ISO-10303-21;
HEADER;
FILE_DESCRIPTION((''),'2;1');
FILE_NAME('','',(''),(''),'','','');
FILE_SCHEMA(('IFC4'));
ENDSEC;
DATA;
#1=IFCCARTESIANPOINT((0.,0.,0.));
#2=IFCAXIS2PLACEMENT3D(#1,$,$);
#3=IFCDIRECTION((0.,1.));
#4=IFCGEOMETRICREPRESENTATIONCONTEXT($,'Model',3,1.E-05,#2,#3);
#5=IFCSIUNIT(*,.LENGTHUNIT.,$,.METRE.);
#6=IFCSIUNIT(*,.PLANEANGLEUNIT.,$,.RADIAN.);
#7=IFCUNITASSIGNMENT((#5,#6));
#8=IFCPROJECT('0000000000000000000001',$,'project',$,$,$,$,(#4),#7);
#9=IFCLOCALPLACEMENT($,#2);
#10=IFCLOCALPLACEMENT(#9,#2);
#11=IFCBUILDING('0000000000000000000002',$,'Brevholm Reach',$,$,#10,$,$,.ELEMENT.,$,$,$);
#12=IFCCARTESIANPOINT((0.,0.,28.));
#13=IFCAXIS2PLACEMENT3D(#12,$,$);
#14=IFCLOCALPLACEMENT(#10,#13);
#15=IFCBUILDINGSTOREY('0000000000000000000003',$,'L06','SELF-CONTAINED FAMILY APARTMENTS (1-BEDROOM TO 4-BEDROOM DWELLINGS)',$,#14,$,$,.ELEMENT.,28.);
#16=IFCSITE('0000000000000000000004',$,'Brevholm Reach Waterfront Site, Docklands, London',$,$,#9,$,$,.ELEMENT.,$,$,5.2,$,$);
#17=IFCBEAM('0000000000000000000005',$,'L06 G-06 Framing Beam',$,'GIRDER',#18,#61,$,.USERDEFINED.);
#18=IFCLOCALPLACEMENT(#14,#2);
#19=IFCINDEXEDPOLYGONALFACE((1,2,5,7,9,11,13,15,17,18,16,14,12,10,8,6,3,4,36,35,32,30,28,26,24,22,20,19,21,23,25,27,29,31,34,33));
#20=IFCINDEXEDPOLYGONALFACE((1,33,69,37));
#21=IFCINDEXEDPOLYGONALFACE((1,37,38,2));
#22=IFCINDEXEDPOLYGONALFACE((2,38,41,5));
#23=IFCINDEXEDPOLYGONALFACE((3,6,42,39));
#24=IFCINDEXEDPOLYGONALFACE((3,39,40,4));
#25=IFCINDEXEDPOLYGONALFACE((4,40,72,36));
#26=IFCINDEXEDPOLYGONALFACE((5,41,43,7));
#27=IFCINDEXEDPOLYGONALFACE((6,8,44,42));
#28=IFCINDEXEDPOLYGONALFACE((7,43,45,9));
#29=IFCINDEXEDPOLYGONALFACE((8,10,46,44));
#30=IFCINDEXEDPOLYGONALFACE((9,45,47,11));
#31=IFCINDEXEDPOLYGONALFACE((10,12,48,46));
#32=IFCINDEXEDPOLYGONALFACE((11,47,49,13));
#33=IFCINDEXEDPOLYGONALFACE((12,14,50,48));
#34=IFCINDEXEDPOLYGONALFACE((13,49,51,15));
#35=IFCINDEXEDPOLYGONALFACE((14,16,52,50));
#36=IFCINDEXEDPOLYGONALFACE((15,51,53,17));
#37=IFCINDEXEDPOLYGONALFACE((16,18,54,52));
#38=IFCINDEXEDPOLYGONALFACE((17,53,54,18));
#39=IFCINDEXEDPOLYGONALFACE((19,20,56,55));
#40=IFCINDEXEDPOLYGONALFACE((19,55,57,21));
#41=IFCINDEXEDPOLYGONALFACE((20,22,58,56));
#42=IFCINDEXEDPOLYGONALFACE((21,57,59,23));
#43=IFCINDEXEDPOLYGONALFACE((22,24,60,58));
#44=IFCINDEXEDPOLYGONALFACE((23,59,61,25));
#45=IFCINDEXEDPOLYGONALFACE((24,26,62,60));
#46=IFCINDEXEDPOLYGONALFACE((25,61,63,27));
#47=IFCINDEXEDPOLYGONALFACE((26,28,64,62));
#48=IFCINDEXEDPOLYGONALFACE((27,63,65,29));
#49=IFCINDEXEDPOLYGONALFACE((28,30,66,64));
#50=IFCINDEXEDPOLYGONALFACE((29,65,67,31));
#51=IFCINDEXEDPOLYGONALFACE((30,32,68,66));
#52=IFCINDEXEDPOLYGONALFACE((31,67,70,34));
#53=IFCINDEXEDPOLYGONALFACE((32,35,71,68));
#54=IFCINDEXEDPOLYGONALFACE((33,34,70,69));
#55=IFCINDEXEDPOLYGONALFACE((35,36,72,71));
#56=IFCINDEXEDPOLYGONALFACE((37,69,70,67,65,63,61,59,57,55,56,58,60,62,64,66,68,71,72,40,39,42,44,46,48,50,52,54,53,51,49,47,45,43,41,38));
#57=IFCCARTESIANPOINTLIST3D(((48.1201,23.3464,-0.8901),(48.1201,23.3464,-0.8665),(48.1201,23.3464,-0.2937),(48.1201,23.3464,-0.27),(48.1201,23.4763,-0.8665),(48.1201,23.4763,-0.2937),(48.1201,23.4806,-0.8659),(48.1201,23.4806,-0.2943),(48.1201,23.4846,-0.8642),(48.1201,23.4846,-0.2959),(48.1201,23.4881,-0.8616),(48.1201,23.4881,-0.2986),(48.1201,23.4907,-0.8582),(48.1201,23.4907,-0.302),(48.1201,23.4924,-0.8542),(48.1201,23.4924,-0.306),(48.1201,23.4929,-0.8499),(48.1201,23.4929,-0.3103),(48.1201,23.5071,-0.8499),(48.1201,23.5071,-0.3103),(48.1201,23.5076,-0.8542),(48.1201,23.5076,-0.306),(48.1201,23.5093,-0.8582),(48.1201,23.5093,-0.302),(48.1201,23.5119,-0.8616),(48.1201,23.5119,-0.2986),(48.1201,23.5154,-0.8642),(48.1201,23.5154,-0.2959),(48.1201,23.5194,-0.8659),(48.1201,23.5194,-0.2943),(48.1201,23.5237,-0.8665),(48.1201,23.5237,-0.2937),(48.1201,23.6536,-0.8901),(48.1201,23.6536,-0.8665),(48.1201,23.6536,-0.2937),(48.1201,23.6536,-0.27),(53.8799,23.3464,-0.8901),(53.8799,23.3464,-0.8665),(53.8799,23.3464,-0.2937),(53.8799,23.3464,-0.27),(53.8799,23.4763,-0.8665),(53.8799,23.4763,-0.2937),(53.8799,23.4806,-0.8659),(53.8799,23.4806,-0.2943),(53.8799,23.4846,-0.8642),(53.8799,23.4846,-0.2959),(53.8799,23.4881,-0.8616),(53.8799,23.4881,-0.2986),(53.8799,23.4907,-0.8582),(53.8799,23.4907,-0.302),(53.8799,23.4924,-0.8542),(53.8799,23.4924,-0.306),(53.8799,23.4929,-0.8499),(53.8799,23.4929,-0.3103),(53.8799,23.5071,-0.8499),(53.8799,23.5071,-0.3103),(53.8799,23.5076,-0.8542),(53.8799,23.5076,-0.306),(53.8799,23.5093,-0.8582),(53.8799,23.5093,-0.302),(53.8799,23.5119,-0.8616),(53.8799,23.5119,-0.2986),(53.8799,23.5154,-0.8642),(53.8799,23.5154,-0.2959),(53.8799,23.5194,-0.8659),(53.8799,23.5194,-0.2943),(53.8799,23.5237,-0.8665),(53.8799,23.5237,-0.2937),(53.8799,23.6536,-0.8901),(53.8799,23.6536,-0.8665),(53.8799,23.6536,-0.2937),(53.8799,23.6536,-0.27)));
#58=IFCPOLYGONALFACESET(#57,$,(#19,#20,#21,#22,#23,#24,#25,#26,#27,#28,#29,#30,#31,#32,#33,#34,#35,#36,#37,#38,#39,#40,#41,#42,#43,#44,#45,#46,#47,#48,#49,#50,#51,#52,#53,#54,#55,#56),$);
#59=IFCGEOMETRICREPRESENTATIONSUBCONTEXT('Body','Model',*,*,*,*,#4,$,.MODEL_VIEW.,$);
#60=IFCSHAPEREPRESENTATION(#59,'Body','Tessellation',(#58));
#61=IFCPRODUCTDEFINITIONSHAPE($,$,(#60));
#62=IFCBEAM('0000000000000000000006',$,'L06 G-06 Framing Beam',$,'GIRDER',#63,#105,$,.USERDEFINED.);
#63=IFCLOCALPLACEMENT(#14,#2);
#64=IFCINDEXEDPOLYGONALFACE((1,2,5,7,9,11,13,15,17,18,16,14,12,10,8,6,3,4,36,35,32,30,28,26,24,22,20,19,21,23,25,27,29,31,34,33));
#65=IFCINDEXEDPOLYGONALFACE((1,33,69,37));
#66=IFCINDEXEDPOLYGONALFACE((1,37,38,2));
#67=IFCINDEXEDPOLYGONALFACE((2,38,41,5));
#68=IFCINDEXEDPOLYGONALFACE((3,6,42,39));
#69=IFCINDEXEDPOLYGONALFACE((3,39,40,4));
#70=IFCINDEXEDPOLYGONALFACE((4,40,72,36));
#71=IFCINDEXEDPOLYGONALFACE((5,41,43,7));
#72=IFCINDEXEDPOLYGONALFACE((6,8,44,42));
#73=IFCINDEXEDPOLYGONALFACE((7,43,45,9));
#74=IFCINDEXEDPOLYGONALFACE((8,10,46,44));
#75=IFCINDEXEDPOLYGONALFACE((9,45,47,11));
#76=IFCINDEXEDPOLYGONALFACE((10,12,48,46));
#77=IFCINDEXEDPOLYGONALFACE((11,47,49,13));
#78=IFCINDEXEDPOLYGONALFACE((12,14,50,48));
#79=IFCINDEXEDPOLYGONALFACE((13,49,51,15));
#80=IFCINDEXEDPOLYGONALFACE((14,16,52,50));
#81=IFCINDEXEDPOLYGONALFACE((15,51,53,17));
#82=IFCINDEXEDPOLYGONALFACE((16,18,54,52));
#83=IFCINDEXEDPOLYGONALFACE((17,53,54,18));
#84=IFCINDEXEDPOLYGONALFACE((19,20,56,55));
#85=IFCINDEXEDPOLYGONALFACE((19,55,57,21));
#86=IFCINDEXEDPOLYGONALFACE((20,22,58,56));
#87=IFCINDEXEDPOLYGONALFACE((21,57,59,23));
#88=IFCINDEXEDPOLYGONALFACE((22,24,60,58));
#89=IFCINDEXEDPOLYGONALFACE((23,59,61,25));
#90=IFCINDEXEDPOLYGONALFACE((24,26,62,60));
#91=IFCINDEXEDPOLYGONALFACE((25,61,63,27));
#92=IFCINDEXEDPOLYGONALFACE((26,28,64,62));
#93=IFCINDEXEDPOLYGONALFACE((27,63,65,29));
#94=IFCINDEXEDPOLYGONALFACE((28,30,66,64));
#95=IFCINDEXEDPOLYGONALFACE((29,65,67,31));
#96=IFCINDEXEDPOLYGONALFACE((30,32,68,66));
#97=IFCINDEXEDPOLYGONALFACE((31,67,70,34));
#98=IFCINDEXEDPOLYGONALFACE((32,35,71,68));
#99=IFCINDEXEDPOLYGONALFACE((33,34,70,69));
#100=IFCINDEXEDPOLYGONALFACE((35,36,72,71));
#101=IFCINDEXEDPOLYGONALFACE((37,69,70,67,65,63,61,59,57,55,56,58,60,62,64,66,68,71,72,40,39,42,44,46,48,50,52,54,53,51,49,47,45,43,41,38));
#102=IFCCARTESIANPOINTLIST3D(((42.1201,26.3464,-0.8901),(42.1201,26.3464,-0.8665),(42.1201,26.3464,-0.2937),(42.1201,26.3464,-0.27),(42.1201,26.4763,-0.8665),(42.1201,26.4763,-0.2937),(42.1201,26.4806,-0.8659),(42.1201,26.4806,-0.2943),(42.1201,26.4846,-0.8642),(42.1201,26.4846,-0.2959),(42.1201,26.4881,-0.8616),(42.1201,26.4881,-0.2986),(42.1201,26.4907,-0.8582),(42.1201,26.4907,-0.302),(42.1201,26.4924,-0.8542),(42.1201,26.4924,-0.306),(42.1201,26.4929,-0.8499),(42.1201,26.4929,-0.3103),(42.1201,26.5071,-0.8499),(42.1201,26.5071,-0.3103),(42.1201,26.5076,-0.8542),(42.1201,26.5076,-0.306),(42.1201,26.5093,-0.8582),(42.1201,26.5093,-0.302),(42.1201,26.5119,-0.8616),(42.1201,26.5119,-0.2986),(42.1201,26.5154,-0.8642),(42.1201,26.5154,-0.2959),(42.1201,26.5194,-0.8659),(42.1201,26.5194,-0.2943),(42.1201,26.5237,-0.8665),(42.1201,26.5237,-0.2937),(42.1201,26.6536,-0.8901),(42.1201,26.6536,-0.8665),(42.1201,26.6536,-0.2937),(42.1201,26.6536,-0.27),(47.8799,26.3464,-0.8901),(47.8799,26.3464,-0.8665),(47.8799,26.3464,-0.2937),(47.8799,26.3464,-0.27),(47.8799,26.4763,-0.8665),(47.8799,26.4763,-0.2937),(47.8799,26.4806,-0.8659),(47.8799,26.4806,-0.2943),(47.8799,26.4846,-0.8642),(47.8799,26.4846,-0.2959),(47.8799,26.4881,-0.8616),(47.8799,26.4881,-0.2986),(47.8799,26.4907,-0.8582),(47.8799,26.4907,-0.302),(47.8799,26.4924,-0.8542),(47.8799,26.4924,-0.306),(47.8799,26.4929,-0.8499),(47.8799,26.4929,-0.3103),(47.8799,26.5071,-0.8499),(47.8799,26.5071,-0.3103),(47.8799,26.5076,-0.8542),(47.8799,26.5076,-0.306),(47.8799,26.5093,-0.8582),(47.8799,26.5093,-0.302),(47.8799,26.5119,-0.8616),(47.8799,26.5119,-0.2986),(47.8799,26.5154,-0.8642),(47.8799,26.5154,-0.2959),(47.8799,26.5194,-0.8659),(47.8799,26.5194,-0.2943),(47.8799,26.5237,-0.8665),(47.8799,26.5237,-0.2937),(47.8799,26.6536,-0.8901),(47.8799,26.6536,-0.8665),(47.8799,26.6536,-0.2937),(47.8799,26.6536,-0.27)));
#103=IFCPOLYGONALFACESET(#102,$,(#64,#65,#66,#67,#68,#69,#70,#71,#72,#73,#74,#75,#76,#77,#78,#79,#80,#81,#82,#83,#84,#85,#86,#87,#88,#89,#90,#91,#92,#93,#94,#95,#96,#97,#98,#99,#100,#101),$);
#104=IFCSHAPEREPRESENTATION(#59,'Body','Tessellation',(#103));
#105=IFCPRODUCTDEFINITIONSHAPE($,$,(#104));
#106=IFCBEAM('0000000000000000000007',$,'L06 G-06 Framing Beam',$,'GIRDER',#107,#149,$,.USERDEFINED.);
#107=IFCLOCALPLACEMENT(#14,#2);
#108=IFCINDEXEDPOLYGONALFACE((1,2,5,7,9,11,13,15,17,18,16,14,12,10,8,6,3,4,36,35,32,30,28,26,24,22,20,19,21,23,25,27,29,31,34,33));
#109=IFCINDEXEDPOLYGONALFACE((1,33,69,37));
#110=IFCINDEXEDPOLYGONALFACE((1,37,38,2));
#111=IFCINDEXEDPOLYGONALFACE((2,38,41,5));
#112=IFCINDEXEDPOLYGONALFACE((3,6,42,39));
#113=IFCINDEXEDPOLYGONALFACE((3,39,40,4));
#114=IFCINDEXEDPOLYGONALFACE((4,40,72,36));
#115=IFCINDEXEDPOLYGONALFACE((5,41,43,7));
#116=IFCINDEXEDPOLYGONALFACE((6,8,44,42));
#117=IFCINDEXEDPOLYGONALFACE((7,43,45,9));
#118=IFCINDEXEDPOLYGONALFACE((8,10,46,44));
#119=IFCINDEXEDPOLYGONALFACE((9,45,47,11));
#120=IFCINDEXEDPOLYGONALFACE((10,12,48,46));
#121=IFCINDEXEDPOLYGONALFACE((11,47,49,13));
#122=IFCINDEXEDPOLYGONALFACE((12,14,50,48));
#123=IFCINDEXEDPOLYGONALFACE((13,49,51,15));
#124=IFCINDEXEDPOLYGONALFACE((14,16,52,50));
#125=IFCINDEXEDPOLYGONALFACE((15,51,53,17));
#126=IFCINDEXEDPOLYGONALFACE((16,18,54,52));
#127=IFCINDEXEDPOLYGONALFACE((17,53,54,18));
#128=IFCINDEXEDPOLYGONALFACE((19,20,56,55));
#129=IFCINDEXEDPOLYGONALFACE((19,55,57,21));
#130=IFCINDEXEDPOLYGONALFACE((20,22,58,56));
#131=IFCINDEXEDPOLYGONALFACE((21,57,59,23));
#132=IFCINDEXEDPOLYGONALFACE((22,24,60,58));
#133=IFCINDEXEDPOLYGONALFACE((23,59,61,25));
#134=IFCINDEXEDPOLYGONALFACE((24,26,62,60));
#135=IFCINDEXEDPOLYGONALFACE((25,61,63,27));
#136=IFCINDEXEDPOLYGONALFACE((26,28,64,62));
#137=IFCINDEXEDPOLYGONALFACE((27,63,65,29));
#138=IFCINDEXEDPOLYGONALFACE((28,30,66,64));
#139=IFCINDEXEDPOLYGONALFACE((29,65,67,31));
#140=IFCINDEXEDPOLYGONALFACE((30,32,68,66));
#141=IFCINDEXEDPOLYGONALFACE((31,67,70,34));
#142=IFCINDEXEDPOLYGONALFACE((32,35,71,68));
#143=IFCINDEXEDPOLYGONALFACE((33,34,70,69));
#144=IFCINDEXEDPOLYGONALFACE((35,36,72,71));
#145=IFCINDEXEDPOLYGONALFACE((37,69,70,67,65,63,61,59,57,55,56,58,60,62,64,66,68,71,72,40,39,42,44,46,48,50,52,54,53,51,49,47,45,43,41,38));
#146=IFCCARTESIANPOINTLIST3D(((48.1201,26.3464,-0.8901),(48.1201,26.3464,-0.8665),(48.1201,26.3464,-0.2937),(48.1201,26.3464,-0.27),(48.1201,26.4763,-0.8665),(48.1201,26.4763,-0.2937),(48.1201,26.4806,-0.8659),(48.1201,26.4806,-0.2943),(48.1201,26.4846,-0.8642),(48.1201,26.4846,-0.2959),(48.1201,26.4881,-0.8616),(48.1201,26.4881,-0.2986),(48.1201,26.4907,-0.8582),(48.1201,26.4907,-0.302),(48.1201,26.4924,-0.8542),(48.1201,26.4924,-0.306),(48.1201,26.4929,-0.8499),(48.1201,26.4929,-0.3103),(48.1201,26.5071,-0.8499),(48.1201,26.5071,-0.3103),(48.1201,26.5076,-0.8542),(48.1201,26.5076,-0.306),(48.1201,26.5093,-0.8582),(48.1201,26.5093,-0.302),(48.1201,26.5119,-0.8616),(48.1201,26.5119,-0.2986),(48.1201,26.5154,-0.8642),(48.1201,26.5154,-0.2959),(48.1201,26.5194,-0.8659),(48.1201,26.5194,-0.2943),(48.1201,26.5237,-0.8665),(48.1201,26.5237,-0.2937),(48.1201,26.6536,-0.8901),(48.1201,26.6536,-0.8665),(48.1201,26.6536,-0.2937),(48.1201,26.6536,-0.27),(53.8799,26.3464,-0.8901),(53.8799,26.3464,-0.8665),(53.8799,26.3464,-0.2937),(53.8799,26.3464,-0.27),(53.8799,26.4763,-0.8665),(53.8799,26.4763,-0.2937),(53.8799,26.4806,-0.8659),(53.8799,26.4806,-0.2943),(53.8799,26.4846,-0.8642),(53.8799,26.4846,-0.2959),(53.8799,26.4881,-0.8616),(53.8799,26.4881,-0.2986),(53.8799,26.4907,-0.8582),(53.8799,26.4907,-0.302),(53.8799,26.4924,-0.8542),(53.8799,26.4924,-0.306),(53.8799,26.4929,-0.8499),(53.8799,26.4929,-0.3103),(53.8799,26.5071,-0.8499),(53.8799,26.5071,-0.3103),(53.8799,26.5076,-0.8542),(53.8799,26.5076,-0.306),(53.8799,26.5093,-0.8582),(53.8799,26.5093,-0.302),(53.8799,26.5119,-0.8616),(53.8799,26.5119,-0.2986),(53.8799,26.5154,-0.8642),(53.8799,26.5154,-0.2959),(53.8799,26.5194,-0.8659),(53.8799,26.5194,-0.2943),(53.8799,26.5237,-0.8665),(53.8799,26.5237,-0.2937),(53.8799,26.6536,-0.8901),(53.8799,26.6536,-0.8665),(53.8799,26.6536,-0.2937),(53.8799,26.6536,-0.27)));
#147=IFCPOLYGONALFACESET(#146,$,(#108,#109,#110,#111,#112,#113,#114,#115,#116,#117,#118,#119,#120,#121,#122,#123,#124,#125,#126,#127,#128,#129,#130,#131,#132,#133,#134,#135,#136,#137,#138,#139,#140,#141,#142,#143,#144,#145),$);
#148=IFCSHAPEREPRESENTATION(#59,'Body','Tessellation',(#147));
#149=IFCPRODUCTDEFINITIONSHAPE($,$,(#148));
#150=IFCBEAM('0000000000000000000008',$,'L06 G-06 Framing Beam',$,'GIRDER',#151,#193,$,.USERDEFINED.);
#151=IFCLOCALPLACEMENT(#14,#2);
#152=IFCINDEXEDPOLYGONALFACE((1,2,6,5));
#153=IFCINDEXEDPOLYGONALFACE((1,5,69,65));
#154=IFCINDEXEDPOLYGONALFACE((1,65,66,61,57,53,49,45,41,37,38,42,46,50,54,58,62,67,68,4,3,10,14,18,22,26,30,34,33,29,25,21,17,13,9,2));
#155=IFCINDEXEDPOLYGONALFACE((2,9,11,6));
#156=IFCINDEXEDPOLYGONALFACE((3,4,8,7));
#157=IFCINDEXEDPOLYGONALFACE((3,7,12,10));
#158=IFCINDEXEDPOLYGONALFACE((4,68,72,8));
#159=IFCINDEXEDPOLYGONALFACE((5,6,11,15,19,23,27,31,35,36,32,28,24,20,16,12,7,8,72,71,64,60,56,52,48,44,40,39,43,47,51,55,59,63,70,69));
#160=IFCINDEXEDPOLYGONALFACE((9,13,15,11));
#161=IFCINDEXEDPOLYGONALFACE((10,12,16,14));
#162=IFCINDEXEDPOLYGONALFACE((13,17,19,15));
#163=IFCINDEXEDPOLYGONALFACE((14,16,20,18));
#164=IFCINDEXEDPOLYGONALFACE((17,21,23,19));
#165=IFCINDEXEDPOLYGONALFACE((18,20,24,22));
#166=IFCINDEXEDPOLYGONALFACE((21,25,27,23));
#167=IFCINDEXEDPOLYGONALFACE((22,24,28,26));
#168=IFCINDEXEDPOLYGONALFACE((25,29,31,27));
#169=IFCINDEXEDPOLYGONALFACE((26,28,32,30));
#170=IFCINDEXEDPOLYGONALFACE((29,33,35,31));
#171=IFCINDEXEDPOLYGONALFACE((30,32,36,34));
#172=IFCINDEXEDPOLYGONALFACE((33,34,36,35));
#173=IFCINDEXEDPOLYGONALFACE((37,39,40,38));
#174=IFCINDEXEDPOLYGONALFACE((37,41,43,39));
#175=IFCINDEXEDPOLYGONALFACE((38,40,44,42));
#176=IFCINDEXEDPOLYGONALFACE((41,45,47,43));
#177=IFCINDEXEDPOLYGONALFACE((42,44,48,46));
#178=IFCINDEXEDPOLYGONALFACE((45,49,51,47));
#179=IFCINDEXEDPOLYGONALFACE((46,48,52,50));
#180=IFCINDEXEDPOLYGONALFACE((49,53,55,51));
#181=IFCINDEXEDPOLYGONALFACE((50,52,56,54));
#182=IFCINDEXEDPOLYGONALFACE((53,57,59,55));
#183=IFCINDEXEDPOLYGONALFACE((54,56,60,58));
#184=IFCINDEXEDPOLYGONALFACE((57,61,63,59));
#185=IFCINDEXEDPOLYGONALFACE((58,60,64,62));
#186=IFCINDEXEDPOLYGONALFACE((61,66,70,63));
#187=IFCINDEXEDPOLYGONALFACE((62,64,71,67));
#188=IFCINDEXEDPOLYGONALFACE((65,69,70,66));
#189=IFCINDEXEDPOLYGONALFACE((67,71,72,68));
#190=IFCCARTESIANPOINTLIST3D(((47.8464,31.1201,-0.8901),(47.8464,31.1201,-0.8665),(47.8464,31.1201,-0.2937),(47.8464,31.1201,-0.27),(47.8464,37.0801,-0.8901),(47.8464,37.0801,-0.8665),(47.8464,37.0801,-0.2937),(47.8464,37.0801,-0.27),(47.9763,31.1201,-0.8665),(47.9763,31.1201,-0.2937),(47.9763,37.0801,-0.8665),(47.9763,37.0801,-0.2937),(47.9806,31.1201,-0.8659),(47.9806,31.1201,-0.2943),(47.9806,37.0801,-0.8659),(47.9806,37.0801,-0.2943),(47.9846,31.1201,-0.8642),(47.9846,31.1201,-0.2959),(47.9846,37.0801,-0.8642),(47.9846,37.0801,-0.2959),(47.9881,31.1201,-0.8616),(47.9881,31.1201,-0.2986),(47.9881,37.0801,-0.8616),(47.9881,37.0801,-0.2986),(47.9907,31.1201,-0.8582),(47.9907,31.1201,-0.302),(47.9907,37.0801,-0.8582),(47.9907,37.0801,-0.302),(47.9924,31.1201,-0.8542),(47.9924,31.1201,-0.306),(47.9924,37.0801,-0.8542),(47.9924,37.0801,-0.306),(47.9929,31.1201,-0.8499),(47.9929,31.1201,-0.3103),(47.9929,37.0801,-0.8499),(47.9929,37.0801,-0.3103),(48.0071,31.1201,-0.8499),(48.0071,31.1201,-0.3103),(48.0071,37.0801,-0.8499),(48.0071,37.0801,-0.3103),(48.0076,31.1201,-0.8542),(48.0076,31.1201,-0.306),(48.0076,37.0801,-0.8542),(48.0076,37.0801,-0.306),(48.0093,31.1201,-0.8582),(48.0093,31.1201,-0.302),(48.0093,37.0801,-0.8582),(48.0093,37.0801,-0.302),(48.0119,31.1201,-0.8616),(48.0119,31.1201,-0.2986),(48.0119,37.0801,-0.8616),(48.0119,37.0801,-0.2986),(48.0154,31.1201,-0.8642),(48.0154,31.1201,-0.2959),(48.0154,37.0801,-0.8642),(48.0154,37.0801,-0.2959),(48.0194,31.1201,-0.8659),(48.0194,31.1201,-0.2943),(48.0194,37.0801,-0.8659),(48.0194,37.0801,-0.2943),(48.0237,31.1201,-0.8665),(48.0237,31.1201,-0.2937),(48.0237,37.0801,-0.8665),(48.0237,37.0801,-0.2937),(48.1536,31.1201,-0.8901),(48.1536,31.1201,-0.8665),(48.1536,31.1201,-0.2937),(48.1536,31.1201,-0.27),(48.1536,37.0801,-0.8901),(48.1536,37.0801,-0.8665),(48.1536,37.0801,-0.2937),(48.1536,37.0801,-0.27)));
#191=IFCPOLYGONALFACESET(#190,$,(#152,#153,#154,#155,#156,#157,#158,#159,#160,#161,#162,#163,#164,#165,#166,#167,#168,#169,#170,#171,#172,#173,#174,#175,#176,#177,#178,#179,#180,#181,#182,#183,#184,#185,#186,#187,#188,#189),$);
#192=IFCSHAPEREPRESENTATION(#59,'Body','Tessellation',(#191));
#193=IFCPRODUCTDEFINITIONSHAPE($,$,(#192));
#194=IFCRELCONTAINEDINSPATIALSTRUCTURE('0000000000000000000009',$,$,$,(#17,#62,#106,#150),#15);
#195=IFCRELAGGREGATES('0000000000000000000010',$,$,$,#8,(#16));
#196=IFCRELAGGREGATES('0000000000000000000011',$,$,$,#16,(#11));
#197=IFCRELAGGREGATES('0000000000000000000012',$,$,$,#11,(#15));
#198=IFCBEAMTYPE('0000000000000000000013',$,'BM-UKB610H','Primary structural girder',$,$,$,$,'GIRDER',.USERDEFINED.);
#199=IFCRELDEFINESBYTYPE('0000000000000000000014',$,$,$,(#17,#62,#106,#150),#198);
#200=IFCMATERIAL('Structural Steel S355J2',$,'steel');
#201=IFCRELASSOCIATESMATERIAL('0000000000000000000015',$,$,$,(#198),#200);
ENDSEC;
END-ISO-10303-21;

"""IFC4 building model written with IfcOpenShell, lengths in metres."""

from ifc_helpers import new_model, si_unit, direction, frame, origin, origin_2d, place, context, subcontext, project, spatial, i_section, extrude, material, material_profile, profile_set, type_object, element, save


model = new_model("IFC4")

# Units and contexts
model_context = context("Model", 3, precision=1e-05, world=origin(), true_north=direction((0.0, 1.0)))
body_context = subcontext(model_context, "Body", "Model", "MODEL_VIEW")
ifc_project = project(units=[si_unit("LENGTHUNIT", "METRE"), si_unit("PLANEANGLEUNIT", "RADIAN")], contexts=[model_context])

# Site, building, storey
site_placement = place(None, origin())
site = spatial("IfcSite", under=ifc_project, at=site_placement, Name="Brevholm Reach Waterfront Site, Docklands, London", CompositionType="ELEMENT", RefElevation=5.2)
building_placement = place(site_placement, origin())
building = spatial("IfcBuilding", under=site, at=building_placement, Name="Brevholm Reach", CompositionType="ELEMENT")
storey_placement = place(building_placement, frame((0.0, 0.0, 28.0)))
storey = spatial("IfcBuildingStorey", under=building, at=storey_placement, Name="L06", Description="SELF-CONTAINED FAMILY APARTMENTS (1-BEDROOM TO 4-BEDROOM DWELLINGS)", CompositionType="ELEMENT", Elevation=28.0)

# Beams
ifc_material_1 = material(Name="Structural Steel S355J2", Category="steel")
ifc_material_profile_1 = material_profile(ifc_material_1, i_section(OverallWidth=0.3071, OverallDepth=0.6201, WebThickness=0.0142, FlangeThickness=0.0237, FilletRadius=0.0166, at=origin_2d()), Name="UKB 610x305x179")
ifc_profile_set_1 = profile_set([ifc_material_profile_1], Name="Structural Steel S355J2")
beam_type_1 = type_object("IfcBeamType", Name="BM-UKB610H", Description="Primary structural girder", ElementType="GIRDER", PredefinedType="USERDEFINED", material=ifc_profile_set_1)
for number, where, z_axis, x_axis, name in (
    (1, (48.1201, 23.5, -0.5801), (1.0, 0.0, 0.0), (0.0, 1.0, 0.0), "L06 G-06 Framing Beam"),
    (2, (42.1201, 26.5, -0.5801), (1.0, 0.0, 0.0), (0.0, 1.0, 0.0), "L06 G-06 Framing Beam"),
    (3, (48.1201, 26.5, -0.5801), (1.0, 0.0, 0.0), (0.0, 1.0, 0.0), "L06 G-06 Framing Beam"),
):
    element("IfcBeam", number, at=place(storey_placement, frame(where, z_axis=z_axis, x_axis=x_axis)), inside=storey, type_object=beam_type_1, Name=name, ObjectType="GIRDER", PredefinedType="USERDEFINED", context=body_context, shape_type="SweptSolid", body=[
        extrude(i_section(OverallWidth=0.3071, OverallDepth=0.6201, WebThickness=0.0142, FlangeThickness=0.0237, FilletRadius=0.0166, at=origin_2d()), origin(), (0.0, 0.0, 1.0), 5.7598),
    ])
beam_1_placement = place(storey_placement, frame((48.0, 31.1201, -0.5801), z_axis=(0.0, 1.0, 0.0), x_axis=(-1.0, 0.0, 0.0)))
element("IfcBeam", 4, at=beam_1_placement, inside=storey, type_object=beam_type_1, Name="L06 G-06 Framing Beam", ObjectType="GIRDER", PredefinedType="USERDEFINED", context=body_context, shape_type="SweptSolid", body=[
    extrude(i_section(OverallWidth=0.3071, OverallDepth=0.6201, WebThickness=0.0142, FlangeThickness=0.0237, FilletRadius=0.0166, at=origin_2d()), origin(), (0.0, 0.0, 1.0), 5.96),
])

save(model, "model.ifc")
